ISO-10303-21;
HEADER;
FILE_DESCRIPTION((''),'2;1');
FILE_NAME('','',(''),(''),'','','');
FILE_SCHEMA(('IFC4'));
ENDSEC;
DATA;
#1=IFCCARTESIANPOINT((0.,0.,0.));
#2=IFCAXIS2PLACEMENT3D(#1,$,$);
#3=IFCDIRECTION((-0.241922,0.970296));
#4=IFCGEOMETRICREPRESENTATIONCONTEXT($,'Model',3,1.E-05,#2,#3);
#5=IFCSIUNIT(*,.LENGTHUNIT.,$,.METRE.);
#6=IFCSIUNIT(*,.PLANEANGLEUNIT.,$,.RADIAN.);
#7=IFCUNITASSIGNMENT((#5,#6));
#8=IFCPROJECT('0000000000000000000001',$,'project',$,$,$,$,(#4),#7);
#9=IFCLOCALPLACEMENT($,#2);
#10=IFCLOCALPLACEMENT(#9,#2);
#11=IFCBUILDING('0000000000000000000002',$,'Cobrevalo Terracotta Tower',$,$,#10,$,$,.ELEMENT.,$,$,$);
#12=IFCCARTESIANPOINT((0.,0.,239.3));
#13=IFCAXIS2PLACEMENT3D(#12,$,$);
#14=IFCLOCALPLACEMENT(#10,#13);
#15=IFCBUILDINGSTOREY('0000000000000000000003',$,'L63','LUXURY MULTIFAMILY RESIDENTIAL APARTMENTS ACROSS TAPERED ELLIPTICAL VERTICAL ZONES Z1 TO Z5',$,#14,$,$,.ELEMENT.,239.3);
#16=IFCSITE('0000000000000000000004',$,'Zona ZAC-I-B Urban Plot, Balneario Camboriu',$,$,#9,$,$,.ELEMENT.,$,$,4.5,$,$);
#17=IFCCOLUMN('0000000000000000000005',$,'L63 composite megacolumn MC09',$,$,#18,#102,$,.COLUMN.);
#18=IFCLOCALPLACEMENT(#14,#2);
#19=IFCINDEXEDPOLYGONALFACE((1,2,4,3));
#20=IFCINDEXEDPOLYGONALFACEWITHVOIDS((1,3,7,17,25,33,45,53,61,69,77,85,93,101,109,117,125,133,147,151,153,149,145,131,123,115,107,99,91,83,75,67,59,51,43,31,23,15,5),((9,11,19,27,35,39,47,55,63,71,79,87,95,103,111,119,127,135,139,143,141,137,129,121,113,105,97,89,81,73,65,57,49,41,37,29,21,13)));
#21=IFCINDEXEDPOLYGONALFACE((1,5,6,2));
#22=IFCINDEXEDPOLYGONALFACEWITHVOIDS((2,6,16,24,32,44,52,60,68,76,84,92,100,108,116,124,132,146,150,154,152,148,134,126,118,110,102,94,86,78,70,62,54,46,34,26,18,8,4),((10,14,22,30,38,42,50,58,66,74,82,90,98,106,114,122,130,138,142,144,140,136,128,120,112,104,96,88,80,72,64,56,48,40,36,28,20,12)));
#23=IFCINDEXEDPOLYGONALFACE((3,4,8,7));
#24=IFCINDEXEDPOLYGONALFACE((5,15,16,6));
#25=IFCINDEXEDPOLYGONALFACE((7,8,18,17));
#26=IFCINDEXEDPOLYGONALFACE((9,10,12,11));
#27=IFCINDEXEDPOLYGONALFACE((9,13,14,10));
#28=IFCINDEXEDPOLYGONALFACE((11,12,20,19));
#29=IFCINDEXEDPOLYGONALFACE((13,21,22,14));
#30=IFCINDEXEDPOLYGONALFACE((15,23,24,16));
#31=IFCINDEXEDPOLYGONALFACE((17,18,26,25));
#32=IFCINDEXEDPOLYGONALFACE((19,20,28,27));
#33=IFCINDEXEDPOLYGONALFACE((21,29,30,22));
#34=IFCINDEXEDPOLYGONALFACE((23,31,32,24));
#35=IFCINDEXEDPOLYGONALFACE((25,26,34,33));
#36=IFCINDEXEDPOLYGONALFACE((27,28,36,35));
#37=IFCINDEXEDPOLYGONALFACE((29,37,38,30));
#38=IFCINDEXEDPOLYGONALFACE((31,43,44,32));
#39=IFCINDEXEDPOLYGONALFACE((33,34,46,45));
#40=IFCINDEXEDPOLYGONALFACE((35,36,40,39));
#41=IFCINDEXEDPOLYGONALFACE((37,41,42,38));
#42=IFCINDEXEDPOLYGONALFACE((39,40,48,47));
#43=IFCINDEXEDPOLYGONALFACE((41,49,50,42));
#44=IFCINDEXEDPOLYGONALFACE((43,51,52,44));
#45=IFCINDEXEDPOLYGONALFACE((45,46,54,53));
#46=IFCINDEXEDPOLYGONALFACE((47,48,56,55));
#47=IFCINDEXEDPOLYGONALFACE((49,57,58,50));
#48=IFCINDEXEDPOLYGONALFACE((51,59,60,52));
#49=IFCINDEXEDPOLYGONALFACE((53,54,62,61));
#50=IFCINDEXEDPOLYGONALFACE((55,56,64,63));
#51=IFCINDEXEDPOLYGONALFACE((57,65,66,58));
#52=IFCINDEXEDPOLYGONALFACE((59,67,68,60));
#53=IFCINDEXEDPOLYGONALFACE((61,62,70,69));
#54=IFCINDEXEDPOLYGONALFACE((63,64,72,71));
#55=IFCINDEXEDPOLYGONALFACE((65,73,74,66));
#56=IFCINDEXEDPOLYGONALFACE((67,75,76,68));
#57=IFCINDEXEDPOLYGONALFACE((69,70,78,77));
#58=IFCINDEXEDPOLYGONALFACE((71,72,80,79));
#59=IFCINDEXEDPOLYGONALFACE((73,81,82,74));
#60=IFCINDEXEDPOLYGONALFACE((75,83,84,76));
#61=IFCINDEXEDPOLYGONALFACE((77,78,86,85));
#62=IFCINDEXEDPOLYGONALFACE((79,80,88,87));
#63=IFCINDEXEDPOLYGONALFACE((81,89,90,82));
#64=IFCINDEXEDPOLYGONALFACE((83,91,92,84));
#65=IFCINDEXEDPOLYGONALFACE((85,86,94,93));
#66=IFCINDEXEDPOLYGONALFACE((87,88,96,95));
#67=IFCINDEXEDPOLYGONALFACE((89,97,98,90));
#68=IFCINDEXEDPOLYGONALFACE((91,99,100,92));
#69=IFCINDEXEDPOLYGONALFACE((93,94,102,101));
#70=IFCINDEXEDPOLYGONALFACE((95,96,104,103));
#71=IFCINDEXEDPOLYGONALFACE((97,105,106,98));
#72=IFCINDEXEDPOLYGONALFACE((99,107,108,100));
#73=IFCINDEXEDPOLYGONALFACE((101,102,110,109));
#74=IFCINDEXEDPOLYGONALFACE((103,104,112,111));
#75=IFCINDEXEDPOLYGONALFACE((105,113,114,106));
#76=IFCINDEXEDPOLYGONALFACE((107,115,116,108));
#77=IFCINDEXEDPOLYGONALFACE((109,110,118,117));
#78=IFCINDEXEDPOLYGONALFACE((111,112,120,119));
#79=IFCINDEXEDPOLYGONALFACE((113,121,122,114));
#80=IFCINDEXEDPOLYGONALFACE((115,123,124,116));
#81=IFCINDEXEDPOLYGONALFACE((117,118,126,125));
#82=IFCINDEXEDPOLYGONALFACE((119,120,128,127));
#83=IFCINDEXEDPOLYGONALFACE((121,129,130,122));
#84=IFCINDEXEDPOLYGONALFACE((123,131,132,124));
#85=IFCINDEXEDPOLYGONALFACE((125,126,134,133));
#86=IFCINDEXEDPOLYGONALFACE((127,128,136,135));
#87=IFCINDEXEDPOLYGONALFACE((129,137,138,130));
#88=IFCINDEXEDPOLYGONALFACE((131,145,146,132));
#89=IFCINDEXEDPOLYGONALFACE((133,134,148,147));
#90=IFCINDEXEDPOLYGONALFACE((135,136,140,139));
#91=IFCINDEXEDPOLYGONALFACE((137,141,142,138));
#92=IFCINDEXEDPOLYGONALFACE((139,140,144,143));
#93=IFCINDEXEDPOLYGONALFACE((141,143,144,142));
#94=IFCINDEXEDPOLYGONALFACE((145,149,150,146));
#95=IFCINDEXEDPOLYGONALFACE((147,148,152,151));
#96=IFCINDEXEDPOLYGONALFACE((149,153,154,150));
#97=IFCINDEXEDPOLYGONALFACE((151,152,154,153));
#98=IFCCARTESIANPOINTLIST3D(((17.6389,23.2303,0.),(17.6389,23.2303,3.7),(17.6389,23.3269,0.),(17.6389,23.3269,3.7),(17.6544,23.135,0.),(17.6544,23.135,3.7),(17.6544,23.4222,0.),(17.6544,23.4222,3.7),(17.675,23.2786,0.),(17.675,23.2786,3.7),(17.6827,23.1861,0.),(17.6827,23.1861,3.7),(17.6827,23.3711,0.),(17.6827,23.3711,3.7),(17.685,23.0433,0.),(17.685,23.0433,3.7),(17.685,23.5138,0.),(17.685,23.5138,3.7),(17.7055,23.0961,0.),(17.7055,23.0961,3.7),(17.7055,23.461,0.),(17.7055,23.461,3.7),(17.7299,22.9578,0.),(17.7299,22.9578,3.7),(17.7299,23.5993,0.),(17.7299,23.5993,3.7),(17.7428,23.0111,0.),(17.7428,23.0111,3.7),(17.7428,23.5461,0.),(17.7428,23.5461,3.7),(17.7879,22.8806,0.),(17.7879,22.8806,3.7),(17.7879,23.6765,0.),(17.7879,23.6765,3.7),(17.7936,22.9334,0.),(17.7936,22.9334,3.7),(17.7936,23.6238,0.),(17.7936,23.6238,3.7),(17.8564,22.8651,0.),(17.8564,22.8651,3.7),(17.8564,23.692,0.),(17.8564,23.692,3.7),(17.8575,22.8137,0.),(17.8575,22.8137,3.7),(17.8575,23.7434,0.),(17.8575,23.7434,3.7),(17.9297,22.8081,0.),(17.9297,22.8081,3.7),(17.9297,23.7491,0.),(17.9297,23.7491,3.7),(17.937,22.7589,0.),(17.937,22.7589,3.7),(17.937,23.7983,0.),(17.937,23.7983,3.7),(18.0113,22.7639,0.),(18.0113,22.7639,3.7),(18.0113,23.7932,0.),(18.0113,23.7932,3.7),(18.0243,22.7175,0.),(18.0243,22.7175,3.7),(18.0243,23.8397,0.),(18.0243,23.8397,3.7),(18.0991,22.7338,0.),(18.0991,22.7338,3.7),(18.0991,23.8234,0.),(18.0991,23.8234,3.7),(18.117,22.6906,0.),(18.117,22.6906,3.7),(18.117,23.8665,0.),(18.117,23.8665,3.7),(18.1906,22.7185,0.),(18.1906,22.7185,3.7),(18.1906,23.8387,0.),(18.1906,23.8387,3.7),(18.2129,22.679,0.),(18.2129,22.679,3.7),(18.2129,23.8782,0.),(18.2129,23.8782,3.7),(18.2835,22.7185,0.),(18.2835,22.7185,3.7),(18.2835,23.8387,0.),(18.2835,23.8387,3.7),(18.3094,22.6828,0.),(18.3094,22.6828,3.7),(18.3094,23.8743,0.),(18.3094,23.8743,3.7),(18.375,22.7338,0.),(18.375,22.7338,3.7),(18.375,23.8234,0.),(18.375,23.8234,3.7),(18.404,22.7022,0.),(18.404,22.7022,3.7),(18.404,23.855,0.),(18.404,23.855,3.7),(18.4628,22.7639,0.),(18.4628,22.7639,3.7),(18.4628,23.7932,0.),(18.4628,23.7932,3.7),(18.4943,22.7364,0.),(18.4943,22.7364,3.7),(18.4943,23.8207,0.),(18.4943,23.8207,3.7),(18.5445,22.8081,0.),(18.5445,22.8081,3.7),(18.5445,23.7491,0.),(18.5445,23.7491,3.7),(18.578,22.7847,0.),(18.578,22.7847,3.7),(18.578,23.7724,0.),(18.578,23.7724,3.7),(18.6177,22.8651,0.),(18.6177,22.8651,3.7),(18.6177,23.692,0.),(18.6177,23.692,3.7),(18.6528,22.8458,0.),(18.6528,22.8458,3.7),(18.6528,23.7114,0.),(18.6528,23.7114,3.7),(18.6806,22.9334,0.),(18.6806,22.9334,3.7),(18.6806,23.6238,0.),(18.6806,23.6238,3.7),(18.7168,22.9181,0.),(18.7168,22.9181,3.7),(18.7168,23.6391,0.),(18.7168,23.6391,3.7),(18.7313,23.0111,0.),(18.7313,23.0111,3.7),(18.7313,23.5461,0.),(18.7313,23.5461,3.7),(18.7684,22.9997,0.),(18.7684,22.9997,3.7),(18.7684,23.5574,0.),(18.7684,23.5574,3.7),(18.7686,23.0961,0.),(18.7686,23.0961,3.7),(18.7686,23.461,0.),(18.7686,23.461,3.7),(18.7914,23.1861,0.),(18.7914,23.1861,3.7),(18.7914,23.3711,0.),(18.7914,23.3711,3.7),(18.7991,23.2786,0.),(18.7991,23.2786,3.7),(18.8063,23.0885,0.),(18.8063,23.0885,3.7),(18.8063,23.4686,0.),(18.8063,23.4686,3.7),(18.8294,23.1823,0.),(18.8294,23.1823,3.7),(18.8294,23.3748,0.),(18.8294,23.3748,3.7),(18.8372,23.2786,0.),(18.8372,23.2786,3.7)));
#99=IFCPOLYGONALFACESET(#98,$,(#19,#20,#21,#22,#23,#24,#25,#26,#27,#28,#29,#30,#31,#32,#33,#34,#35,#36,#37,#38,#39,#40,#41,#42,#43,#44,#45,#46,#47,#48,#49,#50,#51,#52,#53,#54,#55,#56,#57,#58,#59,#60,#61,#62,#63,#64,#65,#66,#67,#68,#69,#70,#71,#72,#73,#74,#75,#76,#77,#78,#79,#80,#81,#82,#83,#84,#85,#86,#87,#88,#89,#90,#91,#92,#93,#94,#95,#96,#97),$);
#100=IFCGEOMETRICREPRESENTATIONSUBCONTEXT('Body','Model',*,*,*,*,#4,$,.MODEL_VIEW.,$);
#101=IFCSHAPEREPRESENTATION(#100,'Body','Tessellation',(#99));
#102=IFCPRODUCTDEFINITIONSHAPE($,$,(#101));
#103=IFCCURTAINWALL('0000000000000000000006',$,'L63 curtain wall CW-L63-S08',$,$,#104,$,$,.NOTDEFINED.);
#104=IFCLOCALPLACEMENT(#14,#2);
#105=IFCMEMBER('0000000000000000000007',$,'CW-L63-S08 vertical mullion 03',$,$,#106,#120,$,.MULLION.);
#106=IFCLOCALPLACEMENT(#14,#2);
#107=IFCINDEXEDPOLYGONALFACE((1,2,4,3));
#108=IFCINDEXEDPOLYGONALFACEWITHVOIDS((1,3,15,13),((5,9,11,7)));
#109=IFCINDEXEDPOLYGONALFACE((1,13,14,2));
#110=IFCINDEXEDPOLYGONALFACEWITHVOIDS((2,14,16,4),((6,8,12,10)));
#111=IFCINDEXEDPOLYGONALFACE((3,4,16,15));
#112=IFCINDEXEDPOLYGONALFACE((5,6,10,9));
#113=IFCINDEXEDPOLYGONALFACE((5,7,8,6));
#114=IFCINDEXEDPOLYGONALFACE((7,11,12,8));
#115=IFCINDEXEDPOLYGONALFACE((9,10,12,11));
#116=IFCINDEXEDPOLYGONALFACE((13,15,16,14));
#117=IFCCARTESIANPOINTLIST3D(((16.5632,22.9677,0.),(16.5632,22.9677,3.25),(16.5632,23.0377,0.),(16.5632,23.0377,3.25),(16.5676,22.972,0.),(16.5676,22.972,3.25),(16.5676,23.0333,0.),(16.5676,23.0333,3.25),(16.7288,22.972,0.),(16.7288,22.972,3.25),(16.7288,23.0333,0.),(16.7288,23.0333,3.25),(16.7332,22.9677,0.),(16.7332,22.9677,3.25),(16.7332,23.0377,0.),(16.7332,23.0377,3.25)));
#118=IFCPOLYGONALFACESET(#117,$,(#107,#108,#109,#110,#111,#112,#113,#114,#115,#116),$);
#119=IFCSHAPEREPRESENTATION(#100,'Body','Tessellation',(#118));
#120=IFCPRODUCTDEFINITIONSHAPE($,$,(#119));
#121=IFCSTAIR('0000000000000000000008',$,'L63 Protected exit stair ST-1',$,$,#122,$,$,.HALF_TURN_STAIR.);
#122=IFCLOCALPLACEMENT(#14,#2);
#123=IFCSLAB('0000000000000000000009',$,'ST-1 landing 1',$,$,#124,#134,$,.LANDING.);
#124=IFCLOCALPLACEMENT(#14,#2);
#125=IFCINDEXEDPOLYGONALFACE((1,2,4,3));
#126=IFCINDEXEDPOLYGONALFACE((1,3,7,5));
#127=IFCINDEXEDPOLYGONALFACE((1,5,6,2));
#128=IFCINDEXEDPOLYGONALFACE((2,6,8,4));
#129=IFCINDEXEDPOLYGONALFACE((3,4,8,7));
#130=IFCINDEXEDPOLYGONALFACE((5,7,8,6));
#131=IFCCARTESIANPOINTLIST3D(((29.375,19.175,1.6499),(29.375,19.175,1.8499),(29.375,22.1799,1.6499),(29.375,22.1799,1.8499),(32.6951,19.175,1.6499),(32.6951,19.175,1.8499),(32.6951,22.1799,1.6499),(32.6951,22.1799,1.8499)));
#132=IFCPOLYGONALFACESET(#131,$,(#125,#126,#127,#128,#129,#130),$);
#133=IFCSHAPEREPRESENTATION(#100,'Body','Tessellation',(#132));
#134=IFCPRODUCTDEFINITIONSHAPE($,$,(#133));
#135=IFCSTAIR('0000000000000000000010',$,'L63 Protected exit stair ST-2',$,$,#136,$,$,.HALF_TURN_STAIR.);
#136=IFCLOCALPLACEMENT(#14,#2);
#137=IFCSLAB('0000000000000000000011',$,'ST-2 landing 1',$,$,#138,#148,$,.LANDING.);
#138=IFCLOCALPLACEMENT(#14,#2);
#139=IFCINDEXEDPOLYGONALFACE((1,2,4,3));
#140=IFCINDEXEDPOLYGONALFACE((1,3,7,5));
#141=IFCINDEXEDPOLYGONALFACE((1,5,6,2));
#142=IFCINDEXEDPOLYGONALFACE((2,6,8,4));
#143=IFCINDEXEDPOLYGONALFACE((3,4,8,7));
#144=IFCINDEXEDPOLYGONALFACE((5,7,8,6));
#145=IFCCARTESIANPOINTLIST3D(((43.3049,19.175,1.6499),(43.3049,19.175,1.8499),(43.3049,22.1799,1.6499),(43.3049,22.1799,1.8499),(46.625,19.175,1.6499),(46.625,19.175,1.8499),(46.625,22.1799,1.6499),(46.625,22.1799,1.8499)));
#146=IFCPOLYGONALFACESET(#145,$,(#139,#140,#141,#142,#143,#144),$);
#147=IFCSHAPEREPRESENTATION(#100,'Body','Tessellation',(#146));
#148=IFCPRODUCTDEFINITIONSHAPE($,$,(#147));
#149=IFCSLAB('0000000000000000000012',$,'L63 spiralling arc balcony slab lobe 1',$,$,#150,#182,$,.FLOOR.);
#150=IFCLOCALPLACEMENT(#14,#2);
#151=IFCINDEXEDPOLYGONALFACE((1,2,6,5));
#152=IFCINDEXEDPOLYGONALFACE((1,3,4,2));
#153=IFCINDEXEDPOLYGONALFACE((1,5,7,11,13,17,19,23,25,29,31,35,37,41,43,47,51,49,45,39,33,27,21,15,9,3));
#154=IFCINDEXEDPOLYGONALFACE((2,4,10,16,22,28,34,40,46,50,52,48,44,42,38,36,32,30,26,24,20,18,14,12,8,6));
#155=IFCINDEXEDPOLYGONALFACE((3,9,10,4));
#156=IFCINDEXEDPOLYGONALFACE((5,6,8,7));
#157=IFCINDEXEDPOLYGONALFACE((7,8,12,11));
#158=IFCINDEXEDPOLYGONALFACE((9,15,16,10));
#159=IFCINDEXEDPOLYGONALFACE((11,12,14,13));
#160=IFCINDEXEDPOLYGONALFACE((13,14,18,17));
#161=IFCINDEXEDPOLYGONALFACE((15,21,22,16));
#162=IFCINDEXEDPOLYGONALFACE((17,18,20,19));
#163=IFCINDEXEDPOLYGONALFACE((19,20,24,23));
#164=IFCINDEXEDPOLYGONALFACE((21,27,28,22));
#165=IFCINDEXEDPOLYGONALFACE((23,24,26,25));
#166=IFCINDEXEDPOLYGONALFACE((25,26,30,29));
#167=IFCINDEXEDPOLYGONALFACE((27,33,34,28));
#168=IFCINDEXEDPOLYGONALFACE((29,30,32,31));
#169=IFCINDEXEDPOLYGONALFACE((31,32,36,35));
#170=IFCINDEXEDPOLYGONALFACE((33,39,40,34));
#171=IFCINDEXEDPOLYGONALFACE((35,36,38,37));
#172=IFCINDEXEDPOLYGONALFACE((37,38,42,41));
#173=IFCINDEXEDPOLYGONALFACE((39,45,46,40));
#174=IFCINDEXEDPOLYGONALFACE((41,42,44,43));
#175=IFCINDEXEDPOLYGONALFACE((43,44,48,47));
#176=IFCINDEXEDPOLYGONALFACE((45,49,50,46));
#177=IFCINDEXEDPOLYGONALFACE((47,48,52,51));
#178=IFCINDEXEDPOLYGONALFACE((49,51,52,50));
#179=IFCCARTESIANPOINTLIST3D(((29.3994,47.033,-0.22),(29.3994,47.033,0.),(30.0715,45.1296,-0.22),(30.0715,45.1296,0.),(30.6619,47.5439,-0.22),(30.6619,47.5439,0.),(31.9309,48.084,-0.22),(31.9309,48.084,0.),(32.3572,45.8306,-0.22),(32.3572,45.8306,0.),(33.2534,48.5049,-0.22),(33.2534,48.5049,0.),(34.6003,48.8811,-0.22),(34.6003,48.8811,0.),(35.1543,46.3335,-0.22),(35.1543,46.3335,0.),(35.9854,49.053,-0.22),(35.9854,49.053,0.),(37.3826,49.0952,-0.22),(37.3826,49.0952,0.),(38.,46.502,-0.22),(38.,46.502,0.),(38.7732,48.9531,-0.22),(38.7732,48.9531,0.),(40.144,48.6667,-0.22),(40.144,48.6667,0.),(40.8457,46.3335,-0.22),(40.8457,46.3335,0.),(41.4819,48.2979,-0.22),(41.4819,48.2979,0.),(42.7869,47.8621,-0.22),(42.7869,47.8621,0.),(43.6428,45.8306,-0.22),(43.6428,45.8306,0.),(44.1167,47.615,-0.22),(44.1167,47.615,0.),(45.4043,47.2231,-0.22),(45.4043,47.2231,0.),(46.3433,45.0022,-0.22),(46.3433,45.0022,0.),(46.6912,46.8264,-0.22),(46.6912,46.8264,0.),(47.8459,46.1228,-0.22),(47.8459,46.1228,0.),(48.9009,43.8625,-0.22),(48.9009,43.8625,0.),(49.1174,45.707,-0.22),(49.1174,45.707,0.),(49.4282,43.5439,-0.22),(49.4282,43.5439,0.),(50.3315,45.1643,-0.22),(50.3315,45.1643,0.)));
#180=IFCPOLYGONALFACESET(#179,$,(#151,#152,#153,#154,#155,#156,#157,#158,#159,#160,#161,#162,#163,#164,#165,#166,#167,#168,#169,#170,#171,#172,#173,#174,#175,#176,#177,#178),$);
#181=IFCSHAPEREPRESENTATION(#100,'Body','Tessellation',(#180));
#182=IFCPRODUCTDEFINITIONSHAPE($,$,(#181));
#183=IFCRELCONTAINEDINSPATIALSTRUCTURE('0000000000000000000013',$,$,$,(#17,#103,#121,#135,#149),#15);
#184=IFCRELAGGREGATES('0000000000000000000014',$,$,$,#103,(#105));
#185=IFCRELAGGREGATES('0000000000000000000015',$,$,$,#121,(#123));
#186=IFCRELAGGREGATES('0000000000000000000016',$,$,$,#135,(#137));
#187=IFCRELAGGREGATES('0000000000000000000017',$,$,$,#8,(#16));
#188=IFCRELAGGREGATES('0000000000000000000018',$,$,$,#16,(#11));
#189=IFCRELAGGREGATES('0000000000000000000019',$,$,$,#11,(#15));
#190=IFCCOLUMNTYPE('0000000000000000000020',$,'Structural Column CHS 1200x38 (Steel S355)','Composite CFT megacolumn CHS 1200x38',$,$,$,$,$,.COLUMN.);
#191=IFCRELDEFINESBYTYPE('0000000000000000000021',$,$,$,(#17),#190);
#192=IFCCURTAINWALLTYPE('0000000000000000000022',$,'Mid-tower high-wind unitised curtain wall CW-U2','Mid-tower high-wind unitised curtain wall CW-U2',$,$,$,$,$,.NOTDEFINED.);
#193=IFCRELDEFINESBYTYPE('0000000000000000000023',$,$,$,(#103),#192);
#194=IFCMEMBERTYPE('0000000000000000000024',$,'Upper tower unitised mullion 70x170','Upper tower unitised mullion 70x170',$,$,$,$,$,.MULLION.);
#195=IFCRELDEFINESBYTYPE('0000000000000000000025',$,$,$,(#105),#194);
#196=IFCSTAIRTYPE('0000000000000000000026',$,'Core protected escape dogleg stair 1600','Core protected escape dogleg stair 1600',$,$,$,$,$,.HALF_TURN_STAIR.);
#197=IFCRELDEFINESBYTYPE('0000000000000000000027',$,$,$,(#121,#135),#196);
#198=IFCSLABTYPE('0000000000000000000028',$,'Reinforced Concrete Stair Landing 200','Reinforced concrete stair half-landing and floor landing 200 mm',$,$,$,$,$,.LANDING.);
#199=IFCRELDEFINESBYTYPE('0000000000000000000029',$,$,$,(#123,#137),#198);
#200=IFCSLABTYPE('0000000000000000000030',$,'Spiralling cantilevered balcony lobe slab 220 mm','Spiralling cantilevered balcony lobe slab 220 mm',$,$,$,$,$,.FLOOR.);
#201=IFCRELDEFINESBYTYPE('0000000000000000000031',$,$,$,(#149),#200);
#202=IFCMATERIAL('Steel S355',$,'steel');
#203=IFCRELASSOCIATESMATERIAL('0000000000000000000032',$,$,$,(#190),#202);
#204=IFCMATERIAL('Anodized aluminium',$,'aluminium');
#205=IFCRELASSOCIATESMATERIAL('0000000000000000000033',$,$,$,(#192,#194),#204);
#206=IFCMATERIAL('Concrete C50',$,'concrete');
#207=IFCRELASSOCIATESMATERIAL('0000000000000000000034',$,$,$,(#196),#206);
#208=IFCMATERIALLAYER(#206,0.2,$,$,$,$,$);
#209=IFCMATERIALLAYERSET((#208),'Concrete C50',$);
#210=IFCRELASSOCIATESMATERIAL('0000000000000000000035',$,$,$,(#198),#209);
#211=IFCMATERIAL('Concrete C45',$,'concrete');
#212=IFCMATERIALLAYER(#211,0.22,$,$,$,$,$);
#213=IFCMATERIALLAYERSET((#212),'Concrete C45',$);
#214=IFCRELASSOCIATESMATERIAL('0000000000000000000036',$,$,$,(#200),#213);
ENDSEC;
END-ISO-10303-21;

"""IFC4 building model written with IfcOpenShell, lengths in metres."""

from ifc_helpers import new_model, si_unit, direction, frame, origin, origin_2d, place, context, subcontext, project, spatial, polyline, hollow_rectangle, hollow_circle, outline, extrude, source, transform, mapped, material, layer, layer_set, material_profile, profile_set, type_object, element, aggregate, save


model = new_model("IFC4")

# Units and contexts
model_context = context("Model", 3, precision=1e-05, world=origin(), true_north=direction((-0.241922, 0.970296)))
body_context = subcontext(model_context, "Body", "Model", "MODEL_VIEW")
ifc_project = project(units=[si_unit("LENGTHUNIT", "METRE"), si_unit("PLANEANGLEUNIT", "RADIAN")], contexts=[model_context])

# Site, building, storey
site_placement = place(None, origin())
site = spatial("IfcSite", under=ifc_project, at=site_placement, Name="Zona ZAC-I-B Urban Plot, Balneario Camboriu", CompositionType="ELEMENT", RefElevation=4.5)
building_placement = place(site_placement, origin())
building = spatial("IfcBuilding", under=site, at=building_placement, Name="Cobrevalo Terracotta Tower", CompositionType="ELEMENT")
storey_placement = place(building_placement, frame((0.0, 0.0, 239.3)))
storey = spatial("IfcBuildingStorey", under=building, at=storey_placement, Name="L63", Description="LUXURY MULTIFAMILY RESIDENTIAL APARTMENTS ACROSS TAPERED ELLIPTICAL VERTICAL ZONES Z1 TO Z5", CompositionType="ELEMENT", Elevation=239.3)

# Column
ifc_material_1 = material(Name="Steel S355", Category="steel")
ifc_material_profile_1 = material_profile(ifc_material_1, hollow_circle(Radius=0.6001, WallThickness=0.0381, at=origin_2d()), Name="CHS 1200x38")
ifc_profile_set_1 = profile_set([ifc_material_profile_1], Name="Steel S355")
column_type = type_object("IfcColumnType", Name="Structural Column CHS 1200x38 (Steel S355)", Description="Composite CFT megacolumn CHS 1200x38", PredefinedType="COLUMN", material=ifc_profile_set_1)
column_placement = place(storey_placement, frame((18.2371, 23.2786, 0.0), z_axis=(0.0, 0.0, 1.0), x_axis=(1.0, 0.0, 0.0)))
element("IfcColumn", 1, at=column_placement, inside=storey, type_object=column_type, Name="L63 composite megacolumn MC09", PredefinedType="COLUMN", context=body_context, shape_type="SweptSolid", body=[
    extrude(hollow_circle(Radius=0.6001, WallThickness=0.0381, at=origin_2d()), origin(), (0.0, 0.0, 1.0), 3.7),
])

# Curtain wall, member
ifc_material_2 = material(Name="Anodized aluminium", Category="aluminium")
curtain_wall_type = type_object("IfcCurtainWallType", Name="Mid-tower high-wind unitised curtain wall CW-U2", Description="Mid-tower high-wind unitised curtain wall CW-U2", PredefinedType="NOTDEFINED", material=ifc_material_2)
curtain_wall_placement = place(storey_placement, origin())
curtain_wall = element("IfcCurtainWall", 2, at=curtain_wall_placement, inside=storey, type_object=curtain_wall_type, Name="L63 curtain wall CW-L63-S08", PredefinedType="NOTDEFINED")
ifc_material_profile_2 = material_profile(ifc_material_2, hollow_rectangle(XDim=0.0701, YDim=0.1699, WallThickness=0.0044, at=origin_2d()), Name="CWM 70x170")
ifc_profile_set_2 = profile_set([ifc_material_profile_2], Name="Anodized aluminium")
member_type = type_object("IfcMemberType", Name="Upper tower unitised mullion 70x170", Description="Upper tower unitised mullion 70x170", PredefinedType="MULLION", material=ifc_profile_set_2)
shared_shape_1 = source(origin(), body_context, "Body", "SweptSolid", [
    extrude(hollow_rectangle(XDim=0.0701, YDim=0.1699, WallThickness=0.0044, at=origin_2d()), origin(), (0.0, 0.0, 1.0), 3.25),
])
member_placement = place(storey_placement, frame((16.6482, 23.0027, 0.0), z_axis=(0.0, 0.0, 1.0), x_axis=(0.0, -1.0, 0.0)))
member = element("IfcMember", 3, at=member_placement, type_object=member_type, Name="CW-L63-S08 vertical mullion 03", PredefinedType="MULLION", context=body_context, shape_type="MappedRepresentation", body=[
    mapped(shared_shape_1, transform((0.0, 0.0, 0.0), scale=1.0)),
])
aggregate(curtain_wall, [member])

# Stairs, slabs
ifc_material_3 = material(Name="Concrete C50", Category="concrete")
stair_type = type_object("IfcStairType", Name="Core protected escape dogleg stair 1600", Description="Core protected escape dogleg stair 1600", PredefinedType="HALF_TURN_STAIR", material=ifc_material_3)
stair_1_placement = place(storey_placement, origin())
stair_1 = element("IfcStair", 4, at=stair_1_placement, inside=storey, type_object=stair_type, Name="L63 Protected exit stair ST-1", PredefinedType="HALF_TURN_STAIR")
ifc_layer_1 = layer(ifc_material_3, 0.2)
ifc_layer_set_1 = layer_set([ifc_layer_1], Name="Concrete C50")
slab_type_1 = type_object("IfcSlabType", Name="Reinforced Concrete Stair Landing 200", Description="Reinforced concrete stair half-landing and floor landing 200 mm", PredefinedType="LANDING", material=ifc_layer_set_1)
slab_1_placement = place(storey_placement, frame((0.0, 0.0, 1.6499)))
slab_1 = element("IfcSlab", 5, at=slab_1_placement, type_object=slab_type_1, Name="ST-1 landing 1", PredefinedType="LANDING", context=body_context, shape_type="SweptSolid", body=[
    extrude(outline(polyline([(29.375, 22.1799), (29.375, 19.175), (32.6951, 19.175), (32.6951, 22.1799), (29.375, 22.1799)])), origin(), (0.0, 0.0, 1.0), 0.2),
])
aggregate(stair_1, [slab_1])
stair_2_placement = place(storey_placement, origin())
stair_2 = element("IfcStair", 6, at=stair_2_placement, inside=storey, type_object=stair_type, Name="L63 Protected exit stair ST-2", PredefinedType="HALF_TURN_STAIR")
slab_2_placement = place(storey_placement, frame((0.0, 0.0, 1.6499)))
slab_2 = element("IfcSlab", 7, at=slab_2_placement, type_object=slab_type_1, Name="ST-2 landing 1", PredefinedType="LANDING", context=body_context, shape_type="SweptSolid", body=[
    extrude(outline(polyline([(43.3049, 22.1799), (43.3049, 19.175), (46.625, 19.175), (46.625, 22.1799), (43.3049, 22.1799)])), origin(), (0.0, 0.0, 1.0), 0.2),
])
aggregate(stair_2, [slab_2])

# Slab
ifc_material_4 = material(Name="Concrete C45", Category="concrete")
ifc_layer_2 = layer(ifc_material_4, 0.22)
ifc_layer_set_2 = layer_set([ifc_layer_2], Name="Concrete C45")
slab_type_2 = type_object("IfcSlabType", Name="Spiralling cantilevered balcony lobe slab 220 mm", Description="Spiralling cantilevered balcony lobe slab 220 mm", PredefinedType="FLOOR", material=ifc_layer_set_2)
slab_3_placement = place(storey_placement, frame((0.0, 0.0, -0.22)))
element("IfcSlab", 8, at=slab_3_placement, inside=storey, type_object=slab_type_2, Name="L63 spiralling arc balcony slab lobe 1", PredefinedType="FLOOR", context=body_context, shape_type="SweptSolid", body=[
    extrude(outline(polyline([(50.3315, 45.1643), (49.1174, 45.707), (47.8459, 46.1228), (46.6912, 46.8264), (45.4043, 47.2231), (44.1167, 47.615), (42.7869, 47.8621), (41.4819, 48.2979), (40.144, 48.6667), (38.7732, 48.9531), (37.3826, 49.0952), (35.9854, 49.053), (34.6003, 48.8811), (33.2534, 48.5049), (31.9309, 48.084), (30.6619, 47.5439), (29.3994, 47.033), (30.0715, 45.1296), (32.3572, 45.8306), (35.1543, 46.3335), (38.0, 46.502), (40.8457, 46.3335), (43.6428, 45.8306), (46.3433, 45.0022), (48.9009, 43.8625), (49.4282, 43.5439), (50.3315, 45.1643)])), origin(), (0.0, 0.0, 1.0), 0.22),
])

save(model, "model.ifc")
